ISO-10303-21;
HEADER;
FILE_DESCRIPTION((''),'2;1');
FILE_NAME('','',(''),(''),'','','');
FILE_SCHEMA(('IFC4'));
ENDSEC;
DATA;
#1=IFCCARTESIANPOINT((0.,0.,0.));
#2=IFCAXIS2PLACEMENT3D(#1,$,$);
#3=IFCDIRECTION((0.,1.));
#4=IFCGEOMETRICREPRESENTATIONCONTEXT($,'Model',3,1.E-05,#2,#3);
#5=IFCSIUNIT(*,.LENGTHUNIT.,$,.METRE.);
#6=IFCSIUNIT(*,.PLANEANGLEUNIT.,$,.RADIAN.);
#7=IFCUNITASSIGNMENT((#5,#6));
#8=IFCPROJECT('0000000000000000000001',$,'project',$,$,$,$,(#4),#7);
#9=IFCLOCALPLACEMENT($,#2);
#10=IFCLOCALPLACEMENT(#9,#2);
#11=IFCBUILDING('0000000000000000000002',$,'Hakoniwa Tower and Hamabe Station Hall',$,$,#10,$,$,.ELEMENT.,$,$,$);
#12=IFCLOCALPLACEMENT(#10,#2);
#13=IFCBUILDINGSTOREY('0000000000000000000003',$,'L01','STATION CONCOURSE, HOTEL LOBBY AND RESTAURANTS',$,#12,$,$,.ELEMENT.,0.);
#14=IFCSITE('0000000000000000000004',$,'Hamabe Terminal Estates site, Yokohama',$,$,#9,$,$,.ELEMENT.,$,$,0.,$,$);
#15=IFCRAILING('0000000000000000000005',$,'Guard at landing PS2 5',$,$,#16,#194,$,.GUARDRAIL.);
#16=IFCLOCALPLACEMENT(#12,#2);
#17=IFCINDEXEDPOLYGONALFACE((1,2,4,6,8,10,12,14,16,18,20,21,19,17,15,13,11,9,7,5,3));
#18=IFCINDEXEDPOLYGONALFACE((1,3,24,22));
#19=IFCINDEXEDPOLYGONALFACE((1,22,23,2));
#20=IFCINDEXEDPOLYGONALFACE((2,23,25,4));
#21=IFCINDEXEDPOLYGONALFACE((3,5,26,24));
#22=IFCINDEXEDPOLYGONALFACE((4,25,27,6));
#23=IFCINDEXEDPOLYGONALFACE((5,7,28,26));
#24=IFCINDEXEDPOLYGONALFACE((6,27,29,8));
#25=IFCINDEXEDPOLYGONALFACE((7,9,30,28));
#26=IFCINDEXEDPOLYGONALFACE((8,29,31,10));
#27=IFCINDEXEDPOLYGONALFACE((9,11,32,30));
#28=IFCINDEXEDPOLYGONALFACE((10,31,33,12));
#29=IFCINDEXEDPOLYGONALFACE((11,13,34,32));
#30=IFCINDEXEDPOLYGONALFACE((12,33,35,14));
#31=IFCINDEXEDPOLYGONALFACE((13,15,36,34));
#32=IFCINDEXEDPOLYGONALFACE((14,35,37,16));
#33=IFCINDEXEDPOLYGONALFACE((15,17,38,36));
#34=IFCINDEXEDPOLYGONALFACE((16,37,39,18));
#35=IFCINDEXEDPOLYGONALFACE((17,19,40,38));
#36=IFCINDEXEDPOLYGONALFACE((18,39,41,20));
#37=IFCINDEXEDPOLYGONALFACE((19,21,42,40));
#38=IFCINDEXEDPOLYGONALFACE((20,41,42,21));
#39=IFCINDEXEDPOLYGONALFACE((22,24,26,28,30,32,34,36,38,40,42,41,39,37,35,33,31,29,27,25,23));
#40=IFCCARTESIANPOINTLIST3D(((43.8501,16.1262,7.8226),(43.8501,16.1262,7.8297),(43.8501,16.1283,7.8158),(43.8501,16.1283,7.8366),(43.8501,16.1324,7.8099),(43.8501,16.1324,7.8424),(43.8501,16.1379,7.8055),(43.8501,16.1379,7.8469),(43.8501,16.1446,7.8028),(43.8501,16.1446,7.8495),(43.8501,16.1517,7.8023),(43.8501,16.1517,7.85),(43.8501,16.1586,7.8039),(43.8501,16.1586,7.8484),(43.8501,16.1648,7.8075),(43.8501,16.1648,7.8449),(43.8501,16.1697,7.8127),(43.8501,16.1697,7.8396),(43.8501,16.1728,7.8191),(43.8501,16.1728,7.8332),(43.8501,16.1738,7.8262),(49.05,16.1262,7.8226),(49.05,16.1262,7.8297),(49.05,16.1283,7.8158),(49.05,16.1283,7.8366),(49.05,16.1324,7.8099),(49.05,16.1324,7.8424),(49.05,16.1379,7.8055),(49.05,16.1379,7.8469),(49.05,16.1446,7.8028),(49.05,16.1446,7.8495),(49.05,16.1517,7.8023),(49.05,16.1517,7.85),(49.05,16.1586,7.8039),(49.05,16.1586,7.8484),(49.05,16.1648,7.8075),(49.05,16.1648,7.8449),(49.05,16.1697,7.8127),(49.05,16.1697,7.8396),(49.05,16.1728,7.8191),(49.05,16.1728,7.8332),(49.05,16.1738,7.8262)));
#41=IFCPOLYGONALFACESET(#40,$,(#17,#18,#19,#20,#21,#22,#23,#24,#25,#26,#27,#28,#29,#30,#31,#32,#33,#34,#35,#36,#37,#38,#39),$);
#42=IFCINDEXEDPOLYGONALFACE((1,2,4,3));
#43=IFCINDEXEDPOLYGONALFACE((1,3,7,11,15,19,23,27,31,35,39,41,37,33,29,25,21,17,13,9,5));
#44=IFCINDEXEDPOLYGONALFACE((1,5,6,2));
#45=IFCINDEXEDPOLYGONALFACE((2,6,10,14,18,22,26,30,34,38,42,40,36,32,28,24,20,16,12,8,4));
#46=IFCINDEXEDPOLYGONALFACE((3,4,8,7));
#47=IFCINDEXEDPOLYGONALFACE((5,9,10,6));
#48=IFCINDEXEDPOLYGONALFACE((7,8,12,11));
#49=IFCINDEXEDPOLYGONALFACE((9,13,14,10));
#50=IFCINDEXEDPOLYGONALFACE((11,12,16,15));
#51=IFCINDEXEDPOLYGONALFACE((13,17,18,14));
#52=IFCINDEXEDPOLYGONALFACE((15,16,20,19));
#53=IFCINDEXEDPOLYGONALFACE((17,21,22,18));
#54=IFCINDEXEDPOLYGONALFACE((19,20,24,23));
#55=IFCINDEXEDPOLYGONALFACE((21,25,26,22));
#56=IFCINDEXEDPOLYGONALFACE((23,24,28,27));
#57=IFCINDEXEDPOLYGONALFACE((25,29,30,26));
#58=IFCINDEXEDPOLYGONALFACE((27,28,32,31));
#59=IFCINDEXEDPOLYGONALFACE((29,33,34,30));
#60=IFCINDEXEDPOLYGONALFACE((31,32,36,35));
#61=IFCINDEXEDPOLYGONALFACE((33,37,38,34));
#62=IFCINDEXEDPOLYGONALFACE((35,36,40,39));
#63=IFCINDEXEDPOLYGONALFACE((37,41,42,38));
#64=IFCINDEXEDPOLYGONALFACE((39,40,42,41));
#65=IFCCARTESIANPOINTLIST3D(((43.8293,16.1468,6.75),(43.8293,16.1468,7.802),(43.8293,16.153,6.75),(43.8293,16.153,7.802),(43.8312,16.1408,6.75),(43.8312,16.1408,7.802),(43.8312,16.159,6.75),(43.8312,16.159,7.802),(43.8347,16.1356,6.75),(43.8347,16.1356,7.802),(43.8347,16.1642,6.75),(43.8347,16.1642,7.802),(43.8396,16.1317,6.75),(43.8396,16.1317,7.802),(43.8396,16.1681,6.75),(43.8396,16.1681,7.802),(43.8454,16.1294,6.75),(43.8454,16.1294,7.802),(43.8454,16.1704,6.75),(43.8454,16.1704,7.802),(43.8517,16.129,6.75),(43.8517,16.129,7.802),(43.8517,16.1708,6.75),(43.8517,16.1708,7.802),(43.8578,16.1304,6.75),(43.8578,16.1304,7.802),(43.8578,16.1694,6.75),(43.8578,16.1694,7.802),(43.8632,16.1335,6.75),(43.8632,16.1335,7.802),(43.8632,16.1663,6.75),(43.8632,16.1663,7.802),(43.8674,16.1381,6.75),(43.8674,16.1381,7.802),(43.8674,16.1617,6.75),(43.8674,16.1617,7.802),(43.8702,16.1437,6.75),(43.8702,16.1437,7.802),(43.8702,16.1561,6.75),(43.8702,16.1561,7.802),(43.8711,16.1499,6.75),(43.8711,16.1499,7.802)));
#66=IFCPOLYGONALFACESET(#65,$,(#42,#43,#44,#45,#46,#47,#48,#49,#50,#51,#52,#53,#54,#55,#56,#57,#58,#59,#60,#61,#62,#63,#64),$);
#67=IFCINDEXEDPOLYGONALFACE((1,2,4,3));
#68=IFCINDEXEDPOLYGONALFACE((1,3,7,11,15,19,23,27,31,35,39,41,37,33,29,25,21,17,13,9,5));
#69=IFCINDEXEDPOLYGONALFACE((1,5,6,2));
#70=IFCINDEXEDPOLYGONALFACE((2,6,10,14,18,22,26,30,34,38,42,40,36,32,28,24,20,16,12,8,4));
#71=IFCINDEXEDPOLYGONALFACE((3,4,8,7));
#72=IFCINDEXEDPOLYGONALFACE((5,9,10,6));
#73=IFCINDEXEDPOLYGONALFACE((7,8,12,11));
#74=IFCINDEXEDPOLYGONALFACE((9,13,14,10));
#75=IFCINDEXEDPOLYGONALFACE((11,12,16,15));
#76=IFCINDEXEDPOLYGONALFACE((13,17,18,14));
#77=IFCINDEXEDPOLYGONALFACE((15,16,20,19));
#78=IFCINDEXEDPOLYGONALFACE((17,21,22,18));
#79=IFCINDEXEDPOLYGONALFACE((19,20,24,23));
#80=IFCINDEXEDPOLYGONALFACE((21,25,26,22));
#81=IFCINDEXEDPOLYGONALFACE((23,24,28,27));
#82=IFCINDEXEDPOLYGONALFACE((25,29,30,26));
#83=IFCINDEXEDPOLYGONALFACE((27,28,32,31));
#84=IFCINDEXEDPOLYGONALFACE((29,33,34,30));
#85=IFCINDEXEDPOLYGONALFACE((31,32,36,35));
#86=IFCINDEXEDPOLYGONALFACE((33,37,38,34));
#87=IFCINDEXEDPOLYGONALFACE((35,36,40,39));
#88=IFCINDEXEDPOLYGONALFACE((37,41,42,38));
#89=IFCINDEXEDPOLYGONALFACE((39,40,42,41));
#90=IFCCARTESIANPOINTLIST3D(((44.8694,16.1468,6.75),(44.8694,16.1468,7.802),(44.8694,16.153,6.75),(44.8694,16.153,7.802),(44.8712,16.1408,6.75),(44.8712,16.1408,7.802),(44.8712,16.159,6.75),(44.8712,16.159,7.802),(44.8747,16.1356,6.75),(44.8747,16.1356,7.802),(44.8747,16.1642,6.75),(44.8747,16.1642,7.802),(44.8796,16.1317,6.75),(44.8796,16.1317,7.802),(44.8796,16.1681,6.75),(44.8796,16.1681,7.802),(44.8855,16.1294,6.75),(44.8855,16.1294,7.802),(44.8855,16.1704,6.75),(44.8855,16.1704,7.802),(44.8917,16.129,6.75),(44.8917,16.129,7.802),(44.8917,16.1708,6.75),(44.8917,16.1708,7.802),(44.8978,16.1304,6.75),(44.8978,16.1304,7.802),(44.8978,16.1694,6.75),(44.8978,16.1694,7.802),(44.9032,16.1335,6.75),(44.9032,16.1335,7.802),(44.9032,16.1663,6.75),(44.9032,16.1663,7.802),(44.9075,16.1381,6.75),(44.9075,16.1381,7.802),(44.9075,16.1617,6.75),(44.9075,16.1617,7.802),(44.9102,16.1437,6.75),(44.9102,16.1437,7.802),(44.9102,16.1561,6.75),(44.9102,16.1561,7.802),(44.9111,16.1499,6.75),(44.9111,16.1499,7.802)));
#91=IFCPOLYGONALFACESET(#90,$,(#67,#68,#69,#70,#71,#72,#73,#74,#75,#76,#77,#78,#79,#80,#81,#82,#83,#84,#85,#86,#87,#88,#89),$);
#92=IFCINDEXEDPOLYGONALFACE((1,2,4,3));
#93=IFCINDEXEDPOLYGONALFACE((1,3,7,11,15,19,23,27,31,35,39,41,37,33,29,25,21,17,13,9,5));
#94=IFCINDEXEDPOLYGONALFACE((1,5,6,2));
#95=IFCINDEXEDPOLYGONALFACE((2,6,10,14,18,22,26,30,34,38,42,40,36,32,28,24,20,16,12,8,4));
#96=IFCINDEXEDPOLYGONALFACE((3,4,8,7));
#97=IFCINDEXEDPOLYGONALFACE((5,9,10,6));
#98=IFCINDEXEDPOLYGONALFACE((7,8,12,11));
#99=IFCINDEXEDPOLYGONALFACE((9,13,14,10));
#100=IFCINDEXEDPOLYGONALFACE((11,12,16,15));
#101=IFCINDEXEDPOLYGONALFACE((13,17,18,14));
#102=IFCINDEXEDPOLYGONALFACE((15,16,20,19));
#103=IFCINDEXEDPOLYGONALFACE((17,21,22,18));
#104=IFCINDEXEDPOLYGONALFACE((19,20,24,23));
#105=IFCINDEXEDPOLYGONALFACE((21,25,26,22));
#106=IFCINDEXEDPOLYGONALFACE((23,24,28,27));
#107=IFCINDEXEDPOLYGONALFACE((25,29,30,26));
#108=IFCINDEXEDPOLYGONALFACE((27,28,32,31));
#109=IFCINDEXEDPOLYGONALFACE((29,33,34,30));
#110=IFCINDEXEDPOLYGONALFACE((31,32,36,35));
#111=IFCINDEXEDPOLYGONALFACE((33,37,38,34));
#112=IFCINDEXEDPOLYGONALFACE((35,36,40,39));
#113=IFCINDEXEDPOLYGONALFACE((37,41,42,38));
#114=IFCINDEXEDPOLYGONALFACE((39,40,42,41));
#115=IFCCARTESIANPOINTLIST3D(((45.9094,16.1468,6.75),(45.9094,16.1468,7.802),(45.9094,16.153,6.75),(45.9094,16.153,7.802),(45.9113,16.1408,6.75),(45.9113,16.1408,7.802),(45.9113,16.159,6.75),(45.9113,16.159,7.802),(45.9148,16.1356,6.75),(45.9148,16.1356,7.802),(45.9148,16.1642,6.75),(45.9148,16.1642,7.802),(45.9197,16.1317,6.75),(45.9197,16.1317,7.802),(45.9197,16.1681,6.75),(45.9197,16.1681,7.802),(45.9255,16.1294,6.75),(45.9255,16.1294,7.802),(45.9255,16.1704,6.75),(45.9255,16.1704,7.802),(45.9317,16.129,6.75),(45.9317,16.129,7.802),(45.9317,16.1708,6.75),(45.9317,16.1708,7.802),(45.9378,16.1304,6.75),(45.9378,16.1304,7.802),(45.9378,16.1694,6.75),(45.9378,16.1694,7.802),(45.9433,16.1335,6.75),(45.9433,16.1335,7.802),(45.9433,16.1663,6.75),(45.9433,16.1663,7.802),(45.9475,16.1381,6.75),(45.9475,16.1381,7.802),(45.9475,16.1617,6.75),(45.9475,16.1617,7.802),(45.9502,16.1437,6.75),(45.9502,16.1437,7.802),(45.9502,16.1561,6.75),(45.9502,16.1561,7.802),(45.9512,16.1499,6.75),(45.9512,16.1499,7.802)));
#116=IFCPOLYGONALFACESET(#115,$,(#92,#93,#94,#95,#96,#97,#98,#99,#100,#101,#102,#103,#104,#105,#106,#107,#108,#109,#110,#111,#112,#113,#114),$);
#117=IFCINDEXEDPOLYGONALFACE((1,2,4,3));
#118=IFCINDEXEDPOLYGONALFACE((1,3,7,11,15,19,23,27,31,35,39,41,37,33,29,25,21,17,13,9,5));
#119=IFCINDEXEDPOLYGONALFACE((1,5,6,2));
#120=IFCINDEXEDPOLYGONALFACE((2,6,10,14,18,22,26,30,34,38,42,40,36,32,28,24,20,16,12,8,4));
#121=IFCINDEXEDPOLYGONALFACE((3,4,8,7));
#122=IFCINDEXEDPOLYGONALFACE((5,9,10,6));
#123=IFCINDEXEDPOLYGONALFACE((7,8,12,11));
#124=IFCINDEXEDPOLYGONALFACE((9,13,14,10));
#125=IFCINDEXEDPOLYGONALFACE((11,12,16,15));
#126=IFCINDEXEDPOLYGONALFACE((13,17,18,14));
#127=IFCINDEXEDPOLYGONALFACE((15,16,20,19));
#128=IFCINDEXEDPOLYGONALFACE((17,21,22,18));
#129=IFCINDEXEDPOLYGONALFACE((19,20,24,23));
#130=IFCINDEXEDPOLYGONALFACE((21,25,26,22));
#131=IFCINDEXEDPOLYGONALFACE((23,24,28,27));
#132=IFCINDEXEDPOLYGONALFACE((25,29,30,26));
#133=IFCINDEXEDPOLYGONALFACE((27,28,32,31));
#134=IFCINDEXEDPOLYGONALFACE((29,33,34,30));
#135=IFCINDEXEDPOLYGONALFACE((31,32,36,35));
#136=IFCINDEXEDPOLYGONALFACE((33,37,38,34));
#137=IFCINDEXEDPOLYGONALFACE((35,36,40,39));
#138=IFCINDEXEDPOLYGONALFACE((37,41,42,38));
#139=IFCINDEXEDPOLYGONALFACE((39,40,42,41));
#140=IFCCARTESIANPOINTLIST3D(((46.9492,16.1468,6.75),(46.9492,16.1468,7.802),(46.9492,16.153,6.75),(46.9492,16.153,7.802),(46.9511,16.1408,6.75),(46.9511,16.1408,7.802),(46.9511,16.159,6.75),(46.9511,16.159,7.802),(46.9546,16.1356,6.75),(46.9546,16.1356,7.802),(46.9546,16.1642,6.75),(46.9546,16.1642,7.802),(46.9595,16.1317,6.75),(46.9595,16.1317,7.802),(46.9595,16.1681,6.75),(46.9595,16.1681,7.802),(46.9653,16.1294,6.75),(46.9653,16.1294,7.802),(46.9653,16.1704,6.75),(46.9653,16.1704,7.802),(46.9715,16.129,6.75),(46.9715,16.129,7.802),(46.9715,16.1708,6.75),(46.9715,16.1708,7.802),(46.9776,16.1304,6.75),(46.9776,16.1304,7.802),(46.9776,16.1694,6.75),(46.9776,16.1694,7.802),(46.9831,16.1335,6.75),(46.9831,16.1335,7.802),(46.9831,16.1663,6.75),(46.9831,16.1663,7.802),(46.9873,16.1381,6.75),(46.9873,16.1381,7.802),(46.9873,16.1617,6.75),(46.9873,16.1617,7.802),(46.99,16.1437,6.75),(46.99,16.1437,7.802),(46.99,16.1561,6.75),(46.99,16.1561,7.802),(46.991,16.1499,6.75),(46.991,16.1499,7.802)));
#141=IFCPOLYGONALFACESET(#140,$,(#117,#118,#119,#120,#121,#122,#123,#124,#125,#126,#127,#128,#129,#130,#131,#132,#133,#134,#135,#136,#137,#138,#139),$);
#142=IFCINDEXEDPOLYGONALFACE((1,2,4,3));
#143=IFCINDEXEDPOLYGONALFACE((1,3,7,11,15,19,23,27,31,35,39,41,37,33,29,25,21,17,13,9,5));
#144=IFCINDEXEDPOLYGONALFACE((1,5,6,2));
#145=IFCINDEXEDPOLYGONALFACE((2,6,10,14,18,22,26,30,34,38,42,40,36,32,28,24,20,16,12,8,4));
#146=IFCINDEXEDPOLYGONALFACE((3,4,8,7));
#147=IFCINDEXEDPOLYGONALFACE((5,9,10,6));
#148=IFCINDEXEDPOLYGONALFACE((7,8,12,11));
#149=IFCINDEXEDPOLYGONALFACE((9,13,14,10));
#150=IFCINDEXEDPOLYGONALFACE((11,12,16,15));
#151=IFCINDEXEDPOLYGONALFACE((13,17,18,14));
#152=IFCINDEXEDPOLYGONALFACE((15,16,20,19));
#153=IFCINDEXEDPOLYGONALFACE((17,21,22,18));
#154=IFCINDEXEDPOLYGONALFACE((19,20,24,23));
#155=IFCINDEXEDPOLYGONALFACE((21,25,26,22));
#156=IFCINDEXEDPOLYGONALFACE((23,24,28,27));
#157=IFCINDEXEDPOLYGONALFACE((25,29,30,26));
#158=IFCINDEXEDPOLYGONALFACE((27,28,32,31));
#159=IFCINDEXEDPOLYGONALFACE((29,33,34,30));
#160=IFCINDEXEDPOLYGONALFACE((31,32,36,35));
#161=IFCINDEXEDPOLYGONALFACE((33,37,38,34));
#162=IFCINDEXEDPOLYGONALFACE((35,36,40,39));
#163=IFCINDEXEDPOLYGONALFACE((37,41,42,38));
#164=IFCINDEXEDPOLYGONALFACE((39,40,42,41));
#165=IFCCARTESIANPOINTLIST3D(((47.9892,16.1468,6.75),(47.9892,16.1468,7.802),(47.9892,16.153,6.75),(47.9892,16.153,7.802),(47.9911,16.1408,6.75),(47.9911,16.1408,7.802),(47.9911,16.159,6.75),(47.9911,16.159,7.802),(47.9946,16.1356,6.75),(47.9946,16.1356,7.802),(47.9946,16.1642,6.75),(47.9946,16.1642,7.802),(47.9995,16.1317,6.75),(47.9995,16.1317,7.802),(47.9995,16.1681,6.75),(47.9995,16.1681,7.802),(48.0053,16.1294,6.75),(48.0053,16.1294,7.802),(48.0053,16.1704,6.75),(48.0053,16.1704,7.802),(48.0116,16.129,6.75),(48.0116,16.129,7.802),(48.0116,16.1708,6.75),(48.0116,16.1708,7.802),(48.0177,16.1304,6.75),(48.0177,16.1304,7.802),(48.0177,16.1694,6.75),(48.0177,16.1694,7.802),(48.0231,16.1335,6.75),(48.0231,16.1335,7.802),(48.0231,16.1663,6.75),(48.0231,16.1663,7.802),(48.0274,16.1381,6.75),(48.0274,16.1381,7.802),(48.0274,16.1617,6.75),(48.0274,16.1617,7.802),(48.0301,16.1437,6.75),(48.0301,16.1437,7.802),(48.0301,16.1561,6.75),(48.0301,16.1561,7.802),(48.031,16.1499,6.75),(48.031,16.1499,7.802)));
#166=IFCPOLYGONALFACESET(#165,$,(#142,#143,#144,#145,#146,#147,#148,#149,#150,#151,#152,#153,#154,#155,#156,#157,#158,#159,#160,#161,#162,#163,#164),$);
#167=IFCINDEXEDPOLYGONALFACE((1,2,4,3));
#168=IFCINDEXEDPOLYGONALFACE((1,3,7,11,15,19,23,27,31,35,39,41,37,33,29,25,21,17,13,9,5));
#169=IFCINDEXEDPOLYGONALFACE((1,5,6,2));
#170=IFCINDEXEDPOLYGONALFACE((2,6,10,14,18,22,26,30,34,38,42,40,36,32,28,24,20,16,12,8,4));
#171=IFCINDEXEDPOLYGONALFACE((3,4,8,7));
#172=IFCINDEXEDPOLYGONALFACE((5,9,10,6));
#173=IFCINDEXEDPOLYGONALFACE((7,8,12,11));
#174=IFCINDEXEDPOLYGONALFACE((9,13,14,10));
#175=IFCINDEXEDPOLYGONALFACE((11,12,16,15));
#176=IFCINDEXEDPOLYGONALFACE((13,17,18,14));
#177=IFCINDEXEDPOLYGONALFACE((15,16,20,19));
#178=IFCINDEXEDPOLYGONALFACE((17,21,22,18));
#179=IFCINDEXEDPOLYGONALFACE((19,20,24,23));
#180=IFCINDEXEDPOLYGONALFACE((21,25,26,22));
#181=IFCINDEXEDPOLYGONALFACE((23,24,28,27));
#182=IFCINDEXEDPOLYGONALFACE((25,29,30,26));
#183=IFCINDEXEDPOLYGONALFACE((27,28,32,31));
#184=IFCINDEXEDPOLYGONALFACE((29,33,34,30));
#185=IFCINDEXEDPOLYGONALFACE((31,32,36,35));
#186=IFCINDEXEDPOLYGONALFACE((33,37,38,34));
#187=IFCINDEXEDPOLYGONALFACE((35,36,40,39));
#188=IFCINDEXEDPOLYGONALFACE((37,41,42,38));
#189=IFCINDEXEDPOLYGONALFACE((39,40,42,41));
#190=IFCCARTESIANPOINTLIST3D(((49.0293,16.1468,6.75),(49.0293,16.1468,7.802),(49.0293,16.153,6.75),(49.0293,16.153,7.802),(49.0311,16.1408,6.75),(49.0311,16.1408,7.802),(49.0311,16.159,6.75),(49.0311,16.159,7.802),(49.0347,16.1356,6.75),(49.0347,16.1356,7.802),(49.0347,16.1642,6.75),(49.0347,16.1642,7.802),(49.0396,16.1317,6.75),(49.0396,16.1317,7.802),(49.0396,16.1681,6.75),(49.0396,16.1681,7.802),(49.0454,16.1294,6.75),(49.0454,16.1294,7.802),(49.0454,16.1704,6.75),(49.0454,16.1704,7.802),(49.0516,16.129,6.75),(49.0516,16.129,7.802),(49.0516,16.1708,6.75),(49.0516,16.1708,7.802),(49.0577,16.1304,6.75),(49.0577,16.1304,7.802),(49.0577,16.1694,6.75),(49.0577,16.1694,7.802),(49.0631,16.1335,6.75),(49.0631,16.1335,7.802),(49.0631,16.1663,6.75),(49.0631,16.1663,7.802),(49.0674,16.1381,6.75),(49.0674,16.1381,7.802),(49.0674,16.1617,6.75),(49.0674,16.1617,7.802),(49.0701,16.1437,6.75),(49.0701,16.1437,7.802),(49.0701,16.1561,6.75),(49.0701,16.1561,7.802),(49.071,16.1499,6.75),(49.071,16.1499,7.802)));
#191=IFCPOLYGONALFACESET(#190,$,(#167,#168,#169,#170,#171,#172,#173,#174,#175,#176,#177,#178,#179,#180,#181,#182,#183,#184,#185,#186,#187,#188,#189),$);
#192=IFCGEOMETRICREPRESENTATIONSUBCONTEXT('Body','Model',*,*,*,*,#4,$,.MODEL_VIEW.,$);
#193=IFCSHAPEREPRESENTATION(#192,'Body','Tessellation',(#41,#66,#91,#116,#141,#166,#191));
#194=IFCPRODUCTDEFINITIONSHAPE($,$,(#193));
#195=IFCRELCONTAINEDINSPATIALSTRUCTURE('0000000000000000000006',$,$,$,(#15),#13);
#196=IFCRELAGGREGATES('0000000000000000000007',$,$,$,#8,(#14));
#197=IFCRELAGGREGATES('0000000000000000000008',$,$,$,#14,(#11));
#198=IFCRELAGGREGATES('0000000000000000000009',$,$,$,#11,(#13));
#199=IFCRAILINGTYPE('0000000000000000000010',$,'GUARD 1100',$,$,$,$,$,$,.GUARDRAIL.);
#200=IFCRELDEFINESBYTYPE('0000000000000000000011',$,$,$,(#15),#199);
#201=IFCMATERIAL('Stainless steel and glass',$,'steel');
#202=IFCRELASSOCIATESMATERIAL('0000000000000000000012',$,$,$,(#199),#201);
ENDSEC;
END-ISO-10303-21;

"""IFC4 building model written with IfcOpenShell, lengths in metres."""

from ifc_helpers import new_model, si_unit, direction, frame, origin, origin_2d, place, context, subcontext, project, spatial, circle, extrude, material, type_object, element, save


model = new_model("IFC4")

# Units and contexts
model_context = context("Model", 3, precision=1e-05, world=origin(), true_north=direction((0.0, 1.0)))
body_context = subcontext(model_context, "Body", "Model", "MODEL_VIEW")
ifc_project = project(units=[si_unit("LENGTHUNIT", "METRE"), si_unit("PLANEANGLEUNIT", "RADIAN")], contexts=[model_context])

# Site, building, storey
site_placement = place(None, origin())
site = spatial("IfcSite", under=ifc_project, at=site_placement, Name="Hamabe Terminal Estates site, Yokohama", CompositionType="ELEMENT", RefElevation=0.0)
building_placement = place(site_placement, origin())
building = spatial("IfcBuilding", under=site, at=building_placement, Name="Hakoniwa Tower and Hamabe Station Hall", CompositionType="ELEMENT")
storey_placement = place(building_placement, origin())
storey = spatial("IfcBuildingStorey", under=building, at=storey_placement, Name="L01", Description="STATION CONCOURSE, HOTEL LOBBY AND RESTAURANTS", CompositionType="ELEMENT", Elevation=0.0)

# Railing
ifc_material_1 = material(Name="Stainless steel and glass", Category="steel")
railing_type_1 = type_object("IfcRailingType", Name="GUARD 1100", PredefinedType="GUARDRAIL", material=ifc_material_1)
railing_1_placement = place(storey_placement, frame((43.8501, 16.1499, 6.75)))
element("IfcRailing", 1, at=railing_1_placement, inside=storey, type_object=railing_type_1, Name="Guard at landing PS2 5", PredefinedType="GUARDRAIL", context=body_context, shape_type="SweptSolid", body=[
    extrude(circle(Radius=0.0239, at=origin_2d()), frame((0.0, 0.0, 1.0762), z_axis=(1.0, 0.0, 0.0), x_axis=(0.0, 1.0, 0.0)), (0.0, 0.0, 1.0), 5.2),
    extrude(circle(Radius=0.021, at=origin_2d()), origin(), (0.0, 0.0, 1.0), 1.052),
    extrude(circle(Radius=0.021, at=origin_2d()), frame((1.04, 0.0, 0.0)), (0.0, 0.0, 1.0), 1.052),
    extrude(circle(Radius=0.021, at=origin_2d()), frame((2.0801, 0.0, 0.0)), (0.0, 0.0, 1.0), 1.052),
    extrude(circle(Radius=0.021, at=origin_2d()), frame((3.1199, 0.0, 0.0)), (0.0, 0.0, 1.0), 1.052),
    extrude(circle(Radius=0.021, at=origin_2d()), frame((4.1599, 0.0, 0.0)), (0.0, 0.0, 1.0), 1.052),
    extrude(circle(Radius=0.021, at=origin_2d()), frame((5.2, 0.0, 0.0)), (0.0, 0.0, 1.0), 1.052),
])

save(model, "model.ifc")
